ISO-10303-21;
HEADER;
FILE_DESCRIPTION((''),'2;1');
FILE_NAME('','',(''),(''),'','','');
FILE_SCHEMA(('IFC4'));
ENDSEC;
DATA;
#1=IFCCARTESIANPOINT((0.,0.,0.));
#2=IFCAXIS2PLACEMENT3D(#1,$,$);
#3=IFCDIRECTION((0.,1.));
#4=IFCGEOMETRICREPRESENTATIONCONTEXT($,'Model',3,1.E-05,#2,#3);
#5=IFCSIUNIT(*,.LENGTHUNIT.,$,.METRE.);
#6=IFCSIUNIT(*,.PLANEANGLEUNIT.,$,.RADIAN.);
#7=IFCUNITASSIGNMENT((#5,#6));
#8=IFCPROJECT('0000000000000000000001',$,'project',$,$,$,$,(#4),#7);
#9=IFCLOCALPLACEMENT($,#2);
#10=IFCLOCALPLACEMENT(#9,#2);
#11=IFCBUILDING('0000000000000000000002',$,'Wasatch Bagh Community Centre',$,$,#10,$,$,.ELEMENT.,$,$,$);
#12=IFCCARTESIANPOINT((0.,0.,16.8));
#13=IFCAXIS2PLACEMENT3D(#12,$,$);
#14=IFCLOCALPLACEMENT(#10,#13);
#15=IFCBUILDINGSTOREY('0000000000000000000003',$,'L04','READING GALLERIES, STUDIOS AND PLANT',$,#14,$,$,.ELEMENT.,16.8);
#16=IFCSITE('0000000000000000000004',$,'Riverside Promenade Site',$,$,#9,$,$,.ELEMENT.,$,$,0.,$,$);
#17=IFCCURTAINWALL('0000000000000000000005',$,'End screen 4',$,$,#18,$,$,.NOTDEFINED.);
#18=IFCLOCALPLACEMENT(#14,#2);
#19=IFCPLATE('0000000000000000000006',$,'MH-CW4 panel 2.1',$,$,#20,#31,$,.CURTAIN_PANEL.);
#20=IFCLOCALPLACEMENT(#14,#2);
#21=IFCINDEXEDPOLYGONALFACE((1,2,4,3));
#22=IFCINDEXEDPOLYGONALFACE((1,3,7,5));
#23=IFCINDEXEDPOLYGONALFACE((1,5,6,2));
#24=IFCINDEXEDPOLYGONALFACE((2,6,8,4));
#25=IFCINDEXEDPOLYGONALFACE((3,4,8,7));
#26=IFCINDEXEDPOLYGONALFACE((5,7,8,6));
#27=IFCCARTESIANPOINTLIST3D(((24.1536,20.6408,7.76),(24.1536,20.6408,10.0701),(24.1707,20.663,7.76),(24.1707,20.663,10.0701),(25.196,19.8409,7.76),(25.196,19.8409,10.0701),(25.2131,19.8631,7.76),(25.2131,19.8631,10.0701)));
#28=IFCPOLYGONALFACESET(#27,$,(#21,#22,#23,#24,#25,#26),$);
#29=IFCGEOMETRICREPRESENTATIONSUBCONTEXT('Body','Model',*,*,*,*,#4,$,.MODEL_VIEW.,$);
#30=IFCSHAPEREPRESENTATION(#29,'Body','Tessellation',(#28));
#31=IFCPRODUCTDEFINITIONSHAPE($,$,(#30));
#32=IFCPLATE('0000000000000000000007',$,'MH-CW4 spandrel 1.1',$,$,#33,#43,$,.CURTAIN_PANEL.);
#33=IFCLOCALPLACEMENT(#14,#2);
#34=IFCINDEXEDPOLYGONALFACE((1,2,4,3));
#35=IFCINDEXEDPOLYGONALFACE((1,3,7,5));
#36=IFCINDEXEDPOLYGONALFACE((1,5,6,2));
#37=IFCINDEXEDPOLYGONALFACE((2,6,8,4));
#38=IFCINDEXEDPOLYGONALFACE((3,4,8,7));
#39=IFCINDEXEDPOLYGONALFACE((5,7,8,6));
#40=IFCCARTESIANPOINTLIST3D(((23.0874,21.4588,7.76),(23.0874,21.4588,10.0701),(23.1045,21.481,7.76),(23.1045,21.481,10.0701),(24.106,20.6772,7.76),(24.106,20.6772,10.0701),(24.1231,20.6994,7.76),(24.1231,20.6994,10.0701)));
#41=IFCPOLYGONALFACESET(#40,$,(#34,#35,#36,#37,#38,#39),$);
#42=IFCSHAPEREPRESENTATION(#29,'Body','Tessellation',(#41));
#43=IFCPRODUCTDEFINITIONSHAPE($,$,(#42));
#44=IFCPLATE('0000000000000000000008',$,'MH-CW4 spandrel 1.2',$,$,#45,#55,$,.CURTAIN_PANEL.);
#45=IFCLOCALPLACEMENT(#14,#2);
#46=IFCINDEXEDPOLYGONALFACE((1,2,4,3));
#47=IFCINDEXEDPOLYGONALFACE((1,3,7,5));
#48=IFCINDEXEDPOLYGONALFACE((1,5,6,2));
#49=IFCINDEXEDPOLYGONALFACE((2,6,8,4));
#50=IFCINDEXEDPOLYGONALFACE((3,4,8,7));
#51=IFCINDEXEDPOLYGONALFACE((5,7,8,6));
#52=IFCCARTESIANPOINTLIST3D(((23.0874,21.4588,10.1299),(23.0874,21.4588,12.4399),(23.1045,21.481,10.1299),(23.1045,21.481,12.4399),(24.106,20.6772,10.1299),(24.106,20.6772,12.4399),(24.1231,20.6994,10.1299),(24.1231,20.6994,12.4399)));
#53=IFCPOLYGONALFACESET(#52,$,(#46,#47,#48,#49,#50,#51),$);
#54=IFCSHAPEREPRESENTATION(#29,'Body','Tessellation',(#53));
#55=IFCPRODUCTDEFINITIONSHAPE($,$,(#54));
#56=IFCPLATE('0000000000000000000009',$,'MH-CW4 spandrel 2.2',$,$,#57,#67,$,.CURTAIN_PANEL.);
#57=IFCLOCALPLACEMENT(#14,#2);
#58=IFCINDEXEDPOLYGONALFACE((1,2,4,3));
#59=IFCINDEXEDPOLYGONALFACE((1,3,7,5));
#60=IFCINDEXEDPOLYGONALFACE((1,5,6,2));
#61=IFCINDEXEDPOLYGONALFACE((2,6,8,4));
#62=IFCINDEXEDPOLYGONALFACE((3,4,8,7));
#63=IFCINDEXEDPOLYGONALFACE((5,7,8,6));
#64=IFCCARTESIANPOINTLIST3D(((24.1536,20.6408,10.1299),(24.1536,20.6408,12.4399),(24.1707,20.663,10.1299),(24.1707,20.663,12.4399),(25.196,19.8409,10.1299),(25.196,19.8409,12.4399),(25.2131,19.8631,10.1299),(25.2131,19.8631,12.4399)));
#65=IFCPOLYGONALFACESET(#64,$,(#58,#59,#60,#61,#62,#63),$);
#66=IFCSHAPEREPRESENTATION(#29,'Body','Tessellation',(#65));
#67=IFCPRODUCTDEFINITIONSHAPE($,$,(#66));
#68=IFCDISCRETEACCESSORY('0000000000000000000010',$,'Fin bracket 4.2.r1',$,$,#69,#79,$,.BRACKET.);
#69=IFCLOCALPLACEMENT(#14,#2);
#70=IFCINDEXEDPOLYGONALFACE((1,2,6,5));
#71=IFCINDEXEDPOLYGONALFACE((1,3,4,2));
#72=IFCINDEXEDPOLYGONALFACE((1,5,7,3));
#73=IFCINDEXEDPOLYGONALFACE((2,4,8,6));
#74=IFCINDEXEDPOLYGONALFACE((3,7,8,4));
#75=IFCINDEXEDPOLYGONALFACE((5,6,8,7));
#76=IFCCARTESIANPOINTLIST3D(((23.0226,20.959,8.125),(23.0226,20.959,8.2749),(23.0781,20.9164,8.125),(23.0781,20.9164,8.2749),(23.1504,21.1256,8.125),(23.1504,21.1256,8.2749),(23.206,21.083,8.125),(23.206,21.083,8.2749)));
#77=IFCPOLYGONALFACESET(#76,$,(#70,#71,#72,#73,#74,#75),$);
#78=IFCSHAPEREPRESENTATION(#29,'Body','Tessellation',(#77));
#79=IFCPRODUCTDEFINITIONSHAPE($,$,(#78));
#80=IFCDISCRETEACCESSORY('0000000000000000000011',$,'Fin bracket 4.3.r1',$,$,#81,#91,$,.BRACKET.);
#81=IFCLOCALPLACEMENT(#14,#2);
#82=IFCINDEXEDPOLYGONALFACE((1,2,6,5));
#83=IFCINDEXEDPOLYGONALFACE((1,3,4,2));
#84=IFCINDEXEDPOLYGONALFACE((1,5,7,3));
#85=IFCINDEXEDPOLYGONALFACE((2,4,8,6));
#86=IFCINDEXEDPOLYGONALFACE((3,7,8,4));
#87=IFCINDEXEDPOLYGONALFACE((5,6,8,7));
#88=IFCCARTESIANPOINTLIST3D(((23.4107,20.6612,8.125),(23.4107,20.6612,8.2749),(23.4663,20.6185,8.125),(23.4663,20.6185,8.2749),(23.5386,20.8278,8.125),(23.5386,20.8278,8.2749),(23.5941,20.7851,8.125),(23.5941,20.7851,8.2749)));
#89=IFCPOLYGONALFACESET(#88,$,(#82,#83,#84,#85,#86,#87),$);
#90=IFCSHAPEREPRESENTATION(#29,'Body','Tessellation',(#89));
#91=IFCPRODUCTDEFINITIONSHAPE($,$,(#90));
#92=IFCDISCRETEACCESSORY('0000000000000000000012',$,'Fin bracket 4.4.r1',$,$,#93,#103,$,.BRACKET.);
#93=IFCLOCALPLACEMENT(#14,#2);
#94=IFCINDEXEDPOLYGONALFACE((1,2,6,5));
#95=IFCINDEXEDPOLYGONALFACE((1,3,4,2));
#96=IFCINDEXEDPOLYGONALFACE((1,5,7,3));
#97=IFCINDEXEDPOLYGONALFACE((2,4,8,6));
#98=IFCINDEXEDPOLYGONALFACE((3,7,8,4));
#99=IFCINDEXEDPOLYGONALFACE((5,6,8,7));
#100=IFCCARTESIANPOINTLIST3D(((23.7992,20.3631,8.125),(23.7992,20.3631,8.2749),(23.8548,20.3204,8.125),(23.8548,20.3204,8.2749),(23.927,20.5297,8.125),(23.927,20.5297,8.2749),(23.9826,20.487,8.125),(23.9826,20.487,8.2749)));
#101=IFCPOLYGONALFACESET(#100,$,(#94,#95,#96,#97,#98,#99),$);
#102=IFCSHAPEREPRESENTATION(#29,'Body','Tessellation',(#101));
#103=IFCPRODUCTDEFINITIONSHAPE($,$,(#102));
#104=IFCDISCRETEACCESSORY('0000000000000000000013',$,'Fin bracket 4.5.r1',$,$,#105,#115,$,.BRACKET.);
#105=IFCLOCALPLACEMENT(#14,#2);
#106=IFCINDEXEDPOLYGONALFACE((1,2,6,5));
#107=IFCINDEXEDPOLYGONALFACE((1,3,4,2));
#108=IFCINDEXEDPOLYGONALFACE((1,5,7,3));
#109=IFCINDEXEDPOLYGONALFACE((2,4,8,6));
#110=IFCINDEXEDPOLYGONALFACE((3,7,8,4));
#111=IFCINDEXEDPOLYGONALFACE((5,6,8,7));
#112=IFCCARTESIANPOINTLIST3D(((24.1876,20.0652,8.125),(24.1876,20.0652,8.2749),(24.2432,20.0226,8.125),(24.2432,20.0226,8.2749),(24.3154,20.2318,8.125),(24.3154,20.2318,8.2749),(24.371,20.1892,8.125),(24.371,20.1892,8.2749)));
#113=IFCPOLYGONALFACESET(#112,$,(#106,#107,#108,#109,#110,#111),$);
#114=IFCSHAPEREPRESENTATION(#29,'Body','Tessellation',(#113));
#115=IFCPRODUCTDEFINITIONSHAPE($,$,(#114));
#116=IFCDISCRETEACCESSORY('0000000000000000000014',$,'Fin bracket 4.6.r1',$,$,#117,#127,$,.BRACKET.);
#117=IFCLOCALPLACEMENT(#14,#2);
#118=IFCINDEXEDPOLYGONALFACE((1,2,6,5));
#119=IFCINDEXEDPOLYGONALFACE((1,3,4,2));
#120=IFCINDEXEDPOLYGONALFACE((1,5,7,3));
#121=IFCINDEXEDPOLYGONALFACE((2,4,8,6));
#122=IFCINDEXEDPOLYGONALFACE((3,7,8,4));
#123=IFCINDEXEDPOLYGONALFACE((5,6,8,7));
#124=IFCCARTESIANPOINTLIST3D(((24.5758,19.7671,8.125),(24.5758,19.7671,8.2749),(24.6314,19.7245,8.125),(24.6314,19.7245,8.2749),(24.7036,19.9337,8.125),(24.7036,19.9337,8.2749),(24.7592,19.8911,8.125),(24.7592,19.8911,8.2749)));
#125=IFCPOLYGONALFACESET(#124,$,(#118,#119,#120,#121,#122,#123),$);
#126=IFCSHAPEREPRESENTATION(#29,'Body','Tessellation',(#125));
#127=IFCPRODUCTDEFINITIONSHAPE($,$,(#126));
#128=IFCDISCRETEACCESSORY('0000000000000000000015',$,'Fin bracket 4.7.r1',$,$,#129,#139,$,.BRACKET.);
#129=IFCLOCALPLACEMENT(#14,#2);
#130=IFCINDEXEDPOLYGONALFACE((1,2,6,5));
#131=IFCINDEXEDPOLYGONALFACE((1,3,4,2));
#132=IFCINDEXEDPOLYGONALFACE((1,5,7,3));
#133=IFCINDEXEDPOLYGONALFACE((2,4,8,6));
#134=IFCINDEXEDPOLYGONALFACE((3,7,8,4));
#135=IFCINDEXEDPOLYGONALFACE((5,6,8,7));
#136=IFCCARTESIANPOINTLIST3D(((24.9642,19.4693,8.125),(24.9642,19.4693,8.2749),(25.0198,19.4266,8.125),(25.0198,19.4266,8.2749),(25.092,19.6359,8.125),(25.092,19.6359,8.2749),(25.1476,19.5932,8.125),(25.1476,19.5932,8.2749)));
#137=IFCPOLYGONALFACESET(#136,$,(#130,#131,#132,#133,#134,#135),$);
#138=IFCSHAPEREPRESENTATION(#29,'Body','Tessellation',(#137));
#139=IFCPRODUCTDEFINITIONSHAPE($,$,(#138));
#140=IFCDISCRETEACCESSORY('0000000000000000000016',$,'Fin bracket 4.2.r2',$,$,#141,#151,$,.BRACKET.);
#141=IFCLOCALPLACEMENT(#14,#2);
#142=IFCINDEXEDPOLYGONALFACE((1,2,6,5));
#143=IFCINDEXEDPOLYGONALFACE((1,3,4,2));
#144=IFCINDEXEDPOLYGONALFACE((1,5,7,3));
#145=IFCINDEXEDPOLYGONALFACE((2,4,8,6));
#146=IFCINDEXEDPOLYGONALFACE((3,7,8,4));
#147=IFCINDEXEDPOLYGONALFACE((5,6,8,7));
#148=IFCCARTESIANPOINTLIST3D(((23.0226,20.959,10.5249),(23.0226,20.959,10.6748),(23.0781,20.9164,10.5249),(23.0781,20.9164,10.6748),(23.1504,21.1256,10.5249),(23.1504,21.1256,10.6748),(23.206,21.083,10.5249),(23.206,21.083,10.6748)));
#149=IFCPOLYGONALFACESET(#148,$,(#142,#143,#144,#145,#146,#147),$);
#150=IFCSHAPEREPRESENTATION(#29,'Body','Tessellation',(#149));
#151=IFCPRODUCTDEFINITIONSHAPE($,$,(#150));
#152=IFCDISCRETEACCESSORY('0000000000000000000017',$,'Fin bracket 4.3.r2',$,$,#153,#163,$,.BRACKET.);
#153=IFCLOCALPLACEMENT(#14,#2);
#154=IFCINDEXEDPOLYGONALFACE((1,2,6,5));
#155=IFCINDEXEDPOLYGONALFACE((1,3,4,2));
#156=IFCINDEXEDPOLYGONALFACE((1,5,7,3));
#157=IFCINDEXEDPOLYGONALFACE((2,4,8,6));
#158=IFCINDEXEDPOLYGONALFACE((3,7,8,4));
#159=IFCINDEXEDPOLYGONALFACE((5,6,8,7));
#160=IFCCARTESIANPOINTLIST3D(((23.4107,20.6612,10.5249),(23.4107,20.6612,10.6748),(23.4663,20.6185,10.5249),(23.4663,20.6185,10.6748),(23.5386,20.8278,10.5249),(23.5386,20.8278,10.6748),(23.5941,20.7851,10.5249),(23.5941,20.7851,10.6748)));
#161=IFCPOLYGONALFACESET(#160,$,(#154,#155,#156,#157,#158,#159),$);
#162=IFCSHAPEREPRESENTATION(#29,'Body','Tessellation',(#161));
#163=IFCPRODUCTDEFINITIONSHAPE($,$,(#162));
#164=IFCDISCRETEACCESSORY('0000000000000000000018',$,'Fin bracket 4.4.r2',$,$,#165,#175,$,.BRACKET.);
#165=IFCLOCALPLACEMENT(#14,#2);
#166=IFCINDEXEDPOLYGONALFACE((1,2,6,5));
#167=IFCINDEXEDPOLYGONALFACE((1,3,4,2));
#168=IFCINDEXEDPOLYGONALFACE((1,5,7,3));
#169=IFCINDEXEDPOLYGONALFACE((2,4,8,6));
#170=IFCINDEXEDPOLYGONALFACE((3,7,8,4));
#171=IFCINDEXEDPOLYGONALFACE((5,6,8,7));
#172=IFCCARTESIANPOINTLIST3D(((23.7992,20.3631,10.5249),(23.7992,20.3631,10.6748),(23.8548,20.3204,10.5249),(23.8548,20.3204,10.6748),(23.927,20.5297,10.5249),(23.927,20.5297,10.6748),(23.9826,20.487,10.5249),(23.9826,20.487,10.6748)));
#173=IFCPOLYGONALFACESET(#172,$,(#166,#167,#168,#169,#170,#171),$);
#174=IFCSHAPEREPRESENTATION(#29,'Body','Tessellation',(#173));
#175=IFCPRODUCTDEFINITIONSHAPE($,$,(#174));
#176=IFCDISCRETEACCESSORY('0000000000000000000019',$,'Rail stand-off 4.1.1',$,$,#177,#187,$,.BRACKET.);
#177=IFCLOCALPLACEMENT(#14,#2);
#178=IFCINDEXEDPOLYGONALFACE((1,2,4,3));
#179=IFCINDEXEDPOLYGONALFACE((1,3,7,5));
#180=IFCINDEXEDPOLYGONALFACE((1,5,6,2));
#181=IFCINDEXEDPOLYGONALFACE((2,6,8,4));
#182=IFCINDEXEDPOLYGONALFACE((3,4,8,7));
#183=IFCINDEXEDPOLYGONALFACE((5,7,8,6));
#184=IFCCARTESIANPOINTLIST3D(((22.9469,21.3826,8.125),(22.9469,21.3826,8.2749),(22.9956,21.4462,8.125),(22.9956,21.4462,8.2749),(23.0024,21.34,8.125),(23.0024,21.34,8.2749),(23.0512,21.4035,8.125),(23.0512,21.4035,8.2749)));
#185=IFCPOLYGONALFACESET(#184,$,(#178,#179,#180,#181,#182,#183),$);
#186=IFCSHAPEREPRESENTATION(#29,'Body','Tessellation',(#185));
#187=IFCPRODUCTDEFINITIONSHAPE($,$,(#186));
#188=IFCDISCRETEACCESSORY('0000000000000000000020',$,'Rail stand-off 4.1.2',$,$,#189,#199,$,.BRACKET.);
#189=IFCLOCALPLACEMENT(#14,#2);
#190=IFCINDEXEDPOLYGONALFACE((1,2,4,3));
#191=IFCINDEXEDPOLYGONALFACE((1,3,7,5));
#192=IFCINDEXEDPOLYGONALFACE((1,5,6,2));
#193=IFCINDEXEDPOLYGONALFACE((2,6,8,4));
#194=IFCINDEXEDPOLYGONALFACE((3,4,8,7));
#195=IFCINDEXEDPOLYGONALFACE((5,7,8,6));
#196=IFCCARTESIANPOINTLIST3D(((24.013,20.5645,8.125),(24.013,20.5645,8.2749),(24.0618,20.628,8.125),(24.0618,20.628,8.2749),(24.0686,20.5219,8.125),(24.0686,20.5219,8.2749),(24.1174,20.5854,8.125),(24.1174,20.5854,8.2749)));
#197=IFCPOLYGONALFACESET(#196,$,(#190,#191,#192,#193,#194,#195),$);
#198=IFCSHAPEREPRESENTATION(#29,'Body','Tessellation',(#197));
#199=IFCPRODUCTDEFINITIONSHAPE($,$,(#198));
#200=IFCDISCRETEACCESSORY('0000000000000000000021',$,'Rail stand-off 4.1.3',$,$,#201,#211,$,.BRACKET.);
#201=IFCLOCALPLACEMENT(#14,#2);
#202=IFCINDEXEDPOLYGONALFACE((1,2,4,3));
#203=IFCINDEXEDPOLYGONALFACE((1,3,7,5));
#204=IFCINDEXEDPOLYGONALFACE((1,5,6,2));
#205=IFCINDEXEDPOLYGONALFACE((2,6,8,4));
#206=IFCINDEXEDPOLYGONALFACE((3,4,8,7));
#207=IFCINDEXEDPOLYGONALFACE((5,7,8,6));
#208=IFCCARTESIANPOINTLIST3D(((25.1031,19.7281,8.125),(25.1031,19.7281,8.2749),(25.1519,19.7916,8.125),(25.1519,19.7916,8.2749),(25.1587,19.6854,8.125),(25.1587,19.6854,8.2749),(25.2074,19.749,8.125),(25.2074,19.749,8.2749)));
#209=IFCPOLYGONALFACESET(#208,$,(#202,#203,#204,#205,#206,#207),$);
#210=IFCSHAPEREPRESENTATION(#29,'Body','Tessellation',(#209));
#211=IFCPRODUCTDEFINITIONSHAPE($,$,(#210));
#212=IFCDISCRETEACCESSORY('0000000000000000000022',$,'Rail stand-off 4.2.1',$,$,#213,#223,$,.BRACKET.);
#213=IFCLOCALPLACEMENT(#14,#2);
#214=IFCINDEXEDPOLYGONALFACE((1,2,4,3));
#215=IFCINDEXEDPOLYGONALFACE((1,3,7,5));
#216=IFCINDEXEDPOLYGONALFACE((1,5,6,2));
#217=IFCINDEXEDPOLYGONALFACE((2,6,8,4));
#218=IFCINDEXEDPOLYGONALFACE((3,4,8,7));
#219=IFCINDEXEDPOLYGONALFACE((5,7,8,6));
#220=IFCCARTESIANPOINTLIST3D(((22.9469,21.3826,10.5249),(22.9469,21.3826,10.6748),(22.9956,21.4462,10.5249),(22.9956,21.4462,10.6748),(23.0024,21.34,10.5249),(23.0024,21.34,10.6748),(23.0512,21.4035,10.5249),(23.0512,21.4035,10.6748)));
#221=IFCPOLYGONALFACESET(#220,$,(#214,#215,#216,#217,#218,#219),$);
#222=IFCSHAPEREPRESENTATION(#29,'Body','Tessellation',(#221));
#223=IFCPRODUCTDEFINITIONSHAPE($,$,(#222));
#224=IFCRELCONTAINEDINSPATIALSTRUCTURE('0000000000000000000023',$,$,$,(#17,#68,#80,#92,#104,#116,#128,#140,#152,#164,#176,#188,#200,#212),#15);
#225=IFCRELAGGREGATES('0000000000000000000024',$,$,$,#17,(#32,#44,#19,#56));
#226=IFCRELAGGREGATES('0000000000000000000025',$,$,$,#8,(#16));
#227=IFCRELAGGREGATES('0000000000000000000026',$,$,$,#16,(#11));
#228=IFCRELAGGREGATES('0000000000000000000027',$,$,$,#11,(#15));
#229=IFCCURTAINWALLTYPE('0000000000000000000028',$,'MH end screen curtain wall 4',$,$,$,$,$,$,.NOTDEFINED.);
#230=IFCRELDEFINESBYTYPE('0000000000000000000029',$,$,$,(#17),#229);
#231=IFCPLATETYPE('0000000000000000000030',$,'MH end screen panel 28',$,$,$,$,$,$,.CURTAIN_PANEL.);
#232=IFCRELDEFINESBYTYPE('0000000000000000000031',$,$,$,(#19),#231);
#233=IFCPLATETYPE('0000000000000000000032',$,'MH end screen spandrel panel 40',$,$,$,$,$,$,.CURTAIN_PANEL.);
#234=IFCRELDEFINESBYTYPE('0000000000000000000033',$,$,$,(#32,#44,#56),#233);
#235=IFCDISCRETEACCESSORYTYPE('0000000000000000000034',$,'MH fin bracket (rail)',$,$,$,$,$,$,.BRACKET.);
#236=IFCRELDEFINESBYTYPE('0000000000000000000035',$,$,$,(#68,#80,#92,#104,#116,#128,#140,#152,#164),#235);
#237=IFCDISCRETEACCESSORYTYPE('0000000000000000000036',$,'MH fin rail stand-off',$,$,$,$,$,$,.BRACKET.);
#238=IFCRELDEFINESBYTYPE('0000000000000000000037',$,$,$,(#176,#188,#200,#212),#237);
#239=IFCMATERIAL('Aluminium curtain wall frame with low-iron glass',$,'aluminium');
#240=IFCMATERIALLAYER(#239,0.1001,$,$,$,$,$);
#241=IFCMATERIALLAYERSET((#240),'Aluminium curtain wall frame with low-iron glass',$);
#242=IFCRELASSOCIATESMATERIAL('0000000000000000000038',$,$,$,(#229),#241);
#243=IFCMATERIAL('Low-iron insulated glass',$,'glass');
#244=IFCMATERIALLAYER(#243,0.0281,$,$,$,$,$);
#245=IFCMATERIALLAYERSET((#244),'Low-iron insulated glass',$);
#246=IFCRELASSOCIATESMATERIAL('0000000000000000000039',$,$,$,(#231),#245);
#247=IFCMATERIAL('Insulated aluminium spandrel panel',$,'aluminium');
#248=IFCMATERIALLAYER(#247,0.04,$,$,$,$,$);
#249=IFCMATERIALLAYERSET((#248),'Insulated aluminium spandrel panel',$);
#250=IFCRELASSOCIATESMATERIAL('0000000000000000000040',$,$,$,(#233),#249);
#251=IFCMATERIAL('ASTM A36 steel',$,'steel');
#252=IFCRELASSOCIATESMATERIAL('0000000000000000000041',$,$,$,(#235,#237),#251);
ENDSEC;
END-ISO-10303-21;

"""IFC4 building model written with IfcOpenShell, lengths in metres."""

from ifc_helpers import new_model, si_unit, direction, frame, origin, origin_2d, place, context, subcontext, project, spatial, rectangle, extrude, material, layer, layer_set, type_object, element, aggregate, save


model = new_model("IFC4")

# Units and contexts
model_context = context("Model", 3, precision=1e-05, world=origin(), true_north=direction((0.0, 1.0)))
body_context = subcontext(model_context, "Body", "Model", "MODEL_VIEW")
ifc_project = project(units=[si_unit("LENGTHUNIT", "METRE"), si_unit("PLANEANGLEUNIT", "RADIAN")], contexts=[model_context])

# Site, building, storey
site_placement = place(None, origin())
site = spatial("IfcSite", under=ifc_project, at=site_placement, Name="Riverside Promenade Site", CompositionType="ELEMENT", RefElevation=0.0)
building_placement = place(site_placement, origin())
building = spatial("IfcBuilding", under=site, at=building_placement, Name="Wasatch Bagh Community Centre", CompositionType="ELEMENT")
storey_placement = place(building_placement, frame((0.0, 0.0, 16.8)))
storey = spatial("IfcBuildingStorey", under=building, at=storey_placement, Name="L04", Description="READING GALLERIES, STUDIOS AND PLANT", CompositionType="ELEMENT", Elevation=16.8)

# Curtain wall
ifc_material_1 = material(Name="Aluminium curtain wall frame with low-iron glass", Category="aluminium")
ifc_layer_1 = layer(ifc_material_1, 0.1001)
ifc_layer_set_1 = layer_set([ifc_layer_1], Name="Aluminium curtain wall frame with low-iron glass")
curtain_wall_type = type_object("IfcCurtainWallType", Name="MH end screen curtain wall 4", PredefinedType="NOTDEFINED", material=ifc_layer_set_1)
curtain_wall_placement = place(storey_placement, origin())
curtain_wall = element("IfcCurtainWall", 1, at=curtain_wall_placement, inside=storey, type_object=curtain_wall_type, Name="End screen 4", PredefinedType="NOTDEFINED")

# Plates
ifc_material_2 = material(Name="Low-iron insulated glass", Category="glass")
ifc_layer_2 = layer(ifc_material_2, 0.0281)
ifc_layer_set_2 = layer_set([ifc_layer_2], Name="Low-iron insulated glass")
plate_type_1 = type_object("IfcPlateType", Name="MH end screen panel 28", PredefinedType="CURTAIN_PANEL", material=ifc_layer_set_2)
plate_1_placement = place(storey_placement, frame((24.6833, 20.252, 7.76), z_axis=(0.0, 0.0, 1.0), x_axis=(0.793353, -0.608761, 0.0)))
plate_1 = element("IfcPlate", 2, at=plate_1_placement, type_object=plate_type_1, Name="MH-CW4 panel 2.1", PredefinedType="CURTAIN_PANEL", context=body_context, shape_type="SweptSolid", body=[
    extrude(rectangle(XDim=1.314, YDim=0.0281, at=origin_2d()), origin(), (0.0, 0.0, 1.0), 2.3101),
])
ifc_material_3 = material(Name="Insulated aluminium spandrel panel", Category="aluminium")
ifc_layer_3 = layer(ifc_material_3, 0.04)
ifc_layer_set_3 = layer_set([ifc_layer_3], Name="Insulated aluminium spandrel panel")
plate_type_2 = type_object("IfcPlateType", Name="MH end screen spandrel panel 40", PredefinedType="CURTAIN_PANEL", material=ifc_layer_set_3)
plate_2_placement = place(storey_placement, frame((23.6052, 21.0791, 7.76), z_axis=(0.0, 0.0, 1.0), x_axis=(0.793353, -0.608761, 0.0)))
plate_2 = element("IfcPlate", 3, at=plate_2_placement, type_object=plate_type_2, Name="MH-CW4 spandrel 1.1", PredefinedType="CURTAIN_PANEL", context=body_context, shape_type="SweptSolid", body=[
    extrude(rectangle(XDim=1.2839, YDim=0.0281, at=origin_2d()), origin(), (0.0, 0.0, 1.0), 2.3101),
])
plate_3_placement = place(storey_placement, frame((23.6052, 21.0791, 10.1299), z_axis=(0.0, 0.0, 1.0), x_axis=(0.793353, -0.608761, 0.0)))
plate_3 = element("IfcPlate", 4, at=plate_3_placement, type_object=plate_type_2, Name="MH-CW4 spandrel 1.2", PredefinedType="CURTAIN_PANEL", context=body_context, shape_type="SweptSolid", body=[
    extrude(rectangle(XDim=1.2839, YDim=0.0281, at=origin_2d()), origin(), (0.0, 0.0, 1.0), 2.3101),
])
plate_4_placement = place(storey_placement, frame((24.6833, 20.252, 10.1299), z_axis=(0.0, 0.0, 1.0), x_axis=(0.793353, -0.608761, 0.0)))
plate_4 = element("IfcPlate", 5, at=plate_4_placement, type_object=plate_type_2, Name="MH-CW4 spandrel 2.2", PredefinedType="CURTAIN_PANEL", context=body_context, shape_type="SweptSolid", body=[
    extrude(rectangle(XDim=1.314, YDim=0.0281, at=origin_2d()), origin(), (0.0, 0.0, 1.0), 2.3101),
])
aggregate(curtain_wall, [plate_2, plate_3, plate_1, plate_4])

# Discrete accessories
ifc_material_4 = material(Name="ASTM A36 steel", Category="steel")
discrete_accessory_type_1 = type_object("IfcDiscreteAccessoryType", Name="MH fin bracket (rail)", PredefinedType="BRACKET", material=ifc_material_4)
for number, where, z_axis, x_axis, name in (
    (6, (23.1143, 21.021, 8.125), (0.0, 0.0, 1.0), (0.793353, -0.608761, 0.0), "Fin bracket 4.2.r1"),
    (7, (23.5024, 20.7231, 8.125), (0.0, 0.0, 1.0), (0.793353, -0.608761, 0.0), "Fin bracket 4.3.r1"),
    (8, (23.8909, 20.425, 8.125), (0.0, 0.0, 1.0), (0.793353, -0.608761, 0.0), "Fin bracket 4.4.r1"),
    (9, (24.2793, 20.1272, 8.125), (0.0, 0.0, 1.0), (0.793353, -0.608761, 0.0), "Fin bracket 4.5.r1"),
    (10, (24.6675, 19.8291, 8.125), (0.0, 0.0, 1.0), (0.793353, -0.608761, 0.0), "Fin bracket 4.6.r1"),
    (11, (25.0559, 19.5312, 8.125), (0.0, 0.0, 1.0), (0.793353, -0.608761, 0.0), "Fin bracket 4.7.r1"),
    (12, (23.1143, 21.021, 10.5249), (0.0, 0.0, 1.0), (0.793353, -0.608761, 0.0), "Fin bracket 4.2.r2"),
    (13, (23.5024, 20.7231, 10.5249), (0.0, 0.0, 1.0), (0.793353, -0.608761, 0.0), "Fin bracket 4.3.r2"),
    (14, (23.8909, 20.425, 10.5249), (0.0, 0.0, 1.0), (0.793353, -0.608761, 0.0), "Fin bracket 4.4.r2"),
):
    element("IfcDiscreteAccessory", number, at=place(storey_placement, frame(where, z_axis=z_axis, x_axis=x_axis)), inside=storey, type_object=discrete_accessory_type_1, Name=name, PredefinedType="BRACKET", context=body_context, shape_type="SweptSolid", body=[
        extrude(rectangle(XDim=0.0701, YDim=0.21, at=origin_2d()), origin(), (0.0, 0.0, 1.0), 0.1499),
    ])
discrete_accessory_type_2 = type_object("IfcDiscreteAccessoryType", Name="MH fin rail stand-off", PredefinedType="BRACKET", material=ifc_material_4)
for number, where, z_axis, x_axis, name in (
    (15, (22.999, 21.3931, 8.125), (0.0, 0.0, 1.0), (0.793353, -0.608761, 0.0), "Rail stand-off 4.1.1"),
    (16, (24.0652, 20.575, 8.125), (0.0, 0.0, 1.0), (0.793353, -0.608761, 0.0), "Rail stand-off 4.1.2"),
    (17, (25.1553, 19.7385, 8.125), (0.0, 0.0, 1.0), (0.793353, -0.608761, 0.0), "Rail stand-off 4.1.3"),
    (18, (22.999, 21.3931, 10.5249), (0.0, 0.0, 1.0), (0.793353, -0.608761, 0.0), "Rail stand-off 4.2.1"),
):
    element("IfcDiscreteAccessory", number, at=place(storey_placement, frame(where, z_axis=z_axis, x_axis=x_axis)), inside=storey, type_object=discrete_accessory_type_2, Name=name, PredefinedType="BRACKET", context=body_context, shape_type="SweptSolid", body=[
        extrude(rectangle(XDim=0.0701, YDim=0.0801, at=origin_2d()), origin(), (0.0, 0.0, 1.0), 0.1499),
    ])

save(model, "model.ifc")
